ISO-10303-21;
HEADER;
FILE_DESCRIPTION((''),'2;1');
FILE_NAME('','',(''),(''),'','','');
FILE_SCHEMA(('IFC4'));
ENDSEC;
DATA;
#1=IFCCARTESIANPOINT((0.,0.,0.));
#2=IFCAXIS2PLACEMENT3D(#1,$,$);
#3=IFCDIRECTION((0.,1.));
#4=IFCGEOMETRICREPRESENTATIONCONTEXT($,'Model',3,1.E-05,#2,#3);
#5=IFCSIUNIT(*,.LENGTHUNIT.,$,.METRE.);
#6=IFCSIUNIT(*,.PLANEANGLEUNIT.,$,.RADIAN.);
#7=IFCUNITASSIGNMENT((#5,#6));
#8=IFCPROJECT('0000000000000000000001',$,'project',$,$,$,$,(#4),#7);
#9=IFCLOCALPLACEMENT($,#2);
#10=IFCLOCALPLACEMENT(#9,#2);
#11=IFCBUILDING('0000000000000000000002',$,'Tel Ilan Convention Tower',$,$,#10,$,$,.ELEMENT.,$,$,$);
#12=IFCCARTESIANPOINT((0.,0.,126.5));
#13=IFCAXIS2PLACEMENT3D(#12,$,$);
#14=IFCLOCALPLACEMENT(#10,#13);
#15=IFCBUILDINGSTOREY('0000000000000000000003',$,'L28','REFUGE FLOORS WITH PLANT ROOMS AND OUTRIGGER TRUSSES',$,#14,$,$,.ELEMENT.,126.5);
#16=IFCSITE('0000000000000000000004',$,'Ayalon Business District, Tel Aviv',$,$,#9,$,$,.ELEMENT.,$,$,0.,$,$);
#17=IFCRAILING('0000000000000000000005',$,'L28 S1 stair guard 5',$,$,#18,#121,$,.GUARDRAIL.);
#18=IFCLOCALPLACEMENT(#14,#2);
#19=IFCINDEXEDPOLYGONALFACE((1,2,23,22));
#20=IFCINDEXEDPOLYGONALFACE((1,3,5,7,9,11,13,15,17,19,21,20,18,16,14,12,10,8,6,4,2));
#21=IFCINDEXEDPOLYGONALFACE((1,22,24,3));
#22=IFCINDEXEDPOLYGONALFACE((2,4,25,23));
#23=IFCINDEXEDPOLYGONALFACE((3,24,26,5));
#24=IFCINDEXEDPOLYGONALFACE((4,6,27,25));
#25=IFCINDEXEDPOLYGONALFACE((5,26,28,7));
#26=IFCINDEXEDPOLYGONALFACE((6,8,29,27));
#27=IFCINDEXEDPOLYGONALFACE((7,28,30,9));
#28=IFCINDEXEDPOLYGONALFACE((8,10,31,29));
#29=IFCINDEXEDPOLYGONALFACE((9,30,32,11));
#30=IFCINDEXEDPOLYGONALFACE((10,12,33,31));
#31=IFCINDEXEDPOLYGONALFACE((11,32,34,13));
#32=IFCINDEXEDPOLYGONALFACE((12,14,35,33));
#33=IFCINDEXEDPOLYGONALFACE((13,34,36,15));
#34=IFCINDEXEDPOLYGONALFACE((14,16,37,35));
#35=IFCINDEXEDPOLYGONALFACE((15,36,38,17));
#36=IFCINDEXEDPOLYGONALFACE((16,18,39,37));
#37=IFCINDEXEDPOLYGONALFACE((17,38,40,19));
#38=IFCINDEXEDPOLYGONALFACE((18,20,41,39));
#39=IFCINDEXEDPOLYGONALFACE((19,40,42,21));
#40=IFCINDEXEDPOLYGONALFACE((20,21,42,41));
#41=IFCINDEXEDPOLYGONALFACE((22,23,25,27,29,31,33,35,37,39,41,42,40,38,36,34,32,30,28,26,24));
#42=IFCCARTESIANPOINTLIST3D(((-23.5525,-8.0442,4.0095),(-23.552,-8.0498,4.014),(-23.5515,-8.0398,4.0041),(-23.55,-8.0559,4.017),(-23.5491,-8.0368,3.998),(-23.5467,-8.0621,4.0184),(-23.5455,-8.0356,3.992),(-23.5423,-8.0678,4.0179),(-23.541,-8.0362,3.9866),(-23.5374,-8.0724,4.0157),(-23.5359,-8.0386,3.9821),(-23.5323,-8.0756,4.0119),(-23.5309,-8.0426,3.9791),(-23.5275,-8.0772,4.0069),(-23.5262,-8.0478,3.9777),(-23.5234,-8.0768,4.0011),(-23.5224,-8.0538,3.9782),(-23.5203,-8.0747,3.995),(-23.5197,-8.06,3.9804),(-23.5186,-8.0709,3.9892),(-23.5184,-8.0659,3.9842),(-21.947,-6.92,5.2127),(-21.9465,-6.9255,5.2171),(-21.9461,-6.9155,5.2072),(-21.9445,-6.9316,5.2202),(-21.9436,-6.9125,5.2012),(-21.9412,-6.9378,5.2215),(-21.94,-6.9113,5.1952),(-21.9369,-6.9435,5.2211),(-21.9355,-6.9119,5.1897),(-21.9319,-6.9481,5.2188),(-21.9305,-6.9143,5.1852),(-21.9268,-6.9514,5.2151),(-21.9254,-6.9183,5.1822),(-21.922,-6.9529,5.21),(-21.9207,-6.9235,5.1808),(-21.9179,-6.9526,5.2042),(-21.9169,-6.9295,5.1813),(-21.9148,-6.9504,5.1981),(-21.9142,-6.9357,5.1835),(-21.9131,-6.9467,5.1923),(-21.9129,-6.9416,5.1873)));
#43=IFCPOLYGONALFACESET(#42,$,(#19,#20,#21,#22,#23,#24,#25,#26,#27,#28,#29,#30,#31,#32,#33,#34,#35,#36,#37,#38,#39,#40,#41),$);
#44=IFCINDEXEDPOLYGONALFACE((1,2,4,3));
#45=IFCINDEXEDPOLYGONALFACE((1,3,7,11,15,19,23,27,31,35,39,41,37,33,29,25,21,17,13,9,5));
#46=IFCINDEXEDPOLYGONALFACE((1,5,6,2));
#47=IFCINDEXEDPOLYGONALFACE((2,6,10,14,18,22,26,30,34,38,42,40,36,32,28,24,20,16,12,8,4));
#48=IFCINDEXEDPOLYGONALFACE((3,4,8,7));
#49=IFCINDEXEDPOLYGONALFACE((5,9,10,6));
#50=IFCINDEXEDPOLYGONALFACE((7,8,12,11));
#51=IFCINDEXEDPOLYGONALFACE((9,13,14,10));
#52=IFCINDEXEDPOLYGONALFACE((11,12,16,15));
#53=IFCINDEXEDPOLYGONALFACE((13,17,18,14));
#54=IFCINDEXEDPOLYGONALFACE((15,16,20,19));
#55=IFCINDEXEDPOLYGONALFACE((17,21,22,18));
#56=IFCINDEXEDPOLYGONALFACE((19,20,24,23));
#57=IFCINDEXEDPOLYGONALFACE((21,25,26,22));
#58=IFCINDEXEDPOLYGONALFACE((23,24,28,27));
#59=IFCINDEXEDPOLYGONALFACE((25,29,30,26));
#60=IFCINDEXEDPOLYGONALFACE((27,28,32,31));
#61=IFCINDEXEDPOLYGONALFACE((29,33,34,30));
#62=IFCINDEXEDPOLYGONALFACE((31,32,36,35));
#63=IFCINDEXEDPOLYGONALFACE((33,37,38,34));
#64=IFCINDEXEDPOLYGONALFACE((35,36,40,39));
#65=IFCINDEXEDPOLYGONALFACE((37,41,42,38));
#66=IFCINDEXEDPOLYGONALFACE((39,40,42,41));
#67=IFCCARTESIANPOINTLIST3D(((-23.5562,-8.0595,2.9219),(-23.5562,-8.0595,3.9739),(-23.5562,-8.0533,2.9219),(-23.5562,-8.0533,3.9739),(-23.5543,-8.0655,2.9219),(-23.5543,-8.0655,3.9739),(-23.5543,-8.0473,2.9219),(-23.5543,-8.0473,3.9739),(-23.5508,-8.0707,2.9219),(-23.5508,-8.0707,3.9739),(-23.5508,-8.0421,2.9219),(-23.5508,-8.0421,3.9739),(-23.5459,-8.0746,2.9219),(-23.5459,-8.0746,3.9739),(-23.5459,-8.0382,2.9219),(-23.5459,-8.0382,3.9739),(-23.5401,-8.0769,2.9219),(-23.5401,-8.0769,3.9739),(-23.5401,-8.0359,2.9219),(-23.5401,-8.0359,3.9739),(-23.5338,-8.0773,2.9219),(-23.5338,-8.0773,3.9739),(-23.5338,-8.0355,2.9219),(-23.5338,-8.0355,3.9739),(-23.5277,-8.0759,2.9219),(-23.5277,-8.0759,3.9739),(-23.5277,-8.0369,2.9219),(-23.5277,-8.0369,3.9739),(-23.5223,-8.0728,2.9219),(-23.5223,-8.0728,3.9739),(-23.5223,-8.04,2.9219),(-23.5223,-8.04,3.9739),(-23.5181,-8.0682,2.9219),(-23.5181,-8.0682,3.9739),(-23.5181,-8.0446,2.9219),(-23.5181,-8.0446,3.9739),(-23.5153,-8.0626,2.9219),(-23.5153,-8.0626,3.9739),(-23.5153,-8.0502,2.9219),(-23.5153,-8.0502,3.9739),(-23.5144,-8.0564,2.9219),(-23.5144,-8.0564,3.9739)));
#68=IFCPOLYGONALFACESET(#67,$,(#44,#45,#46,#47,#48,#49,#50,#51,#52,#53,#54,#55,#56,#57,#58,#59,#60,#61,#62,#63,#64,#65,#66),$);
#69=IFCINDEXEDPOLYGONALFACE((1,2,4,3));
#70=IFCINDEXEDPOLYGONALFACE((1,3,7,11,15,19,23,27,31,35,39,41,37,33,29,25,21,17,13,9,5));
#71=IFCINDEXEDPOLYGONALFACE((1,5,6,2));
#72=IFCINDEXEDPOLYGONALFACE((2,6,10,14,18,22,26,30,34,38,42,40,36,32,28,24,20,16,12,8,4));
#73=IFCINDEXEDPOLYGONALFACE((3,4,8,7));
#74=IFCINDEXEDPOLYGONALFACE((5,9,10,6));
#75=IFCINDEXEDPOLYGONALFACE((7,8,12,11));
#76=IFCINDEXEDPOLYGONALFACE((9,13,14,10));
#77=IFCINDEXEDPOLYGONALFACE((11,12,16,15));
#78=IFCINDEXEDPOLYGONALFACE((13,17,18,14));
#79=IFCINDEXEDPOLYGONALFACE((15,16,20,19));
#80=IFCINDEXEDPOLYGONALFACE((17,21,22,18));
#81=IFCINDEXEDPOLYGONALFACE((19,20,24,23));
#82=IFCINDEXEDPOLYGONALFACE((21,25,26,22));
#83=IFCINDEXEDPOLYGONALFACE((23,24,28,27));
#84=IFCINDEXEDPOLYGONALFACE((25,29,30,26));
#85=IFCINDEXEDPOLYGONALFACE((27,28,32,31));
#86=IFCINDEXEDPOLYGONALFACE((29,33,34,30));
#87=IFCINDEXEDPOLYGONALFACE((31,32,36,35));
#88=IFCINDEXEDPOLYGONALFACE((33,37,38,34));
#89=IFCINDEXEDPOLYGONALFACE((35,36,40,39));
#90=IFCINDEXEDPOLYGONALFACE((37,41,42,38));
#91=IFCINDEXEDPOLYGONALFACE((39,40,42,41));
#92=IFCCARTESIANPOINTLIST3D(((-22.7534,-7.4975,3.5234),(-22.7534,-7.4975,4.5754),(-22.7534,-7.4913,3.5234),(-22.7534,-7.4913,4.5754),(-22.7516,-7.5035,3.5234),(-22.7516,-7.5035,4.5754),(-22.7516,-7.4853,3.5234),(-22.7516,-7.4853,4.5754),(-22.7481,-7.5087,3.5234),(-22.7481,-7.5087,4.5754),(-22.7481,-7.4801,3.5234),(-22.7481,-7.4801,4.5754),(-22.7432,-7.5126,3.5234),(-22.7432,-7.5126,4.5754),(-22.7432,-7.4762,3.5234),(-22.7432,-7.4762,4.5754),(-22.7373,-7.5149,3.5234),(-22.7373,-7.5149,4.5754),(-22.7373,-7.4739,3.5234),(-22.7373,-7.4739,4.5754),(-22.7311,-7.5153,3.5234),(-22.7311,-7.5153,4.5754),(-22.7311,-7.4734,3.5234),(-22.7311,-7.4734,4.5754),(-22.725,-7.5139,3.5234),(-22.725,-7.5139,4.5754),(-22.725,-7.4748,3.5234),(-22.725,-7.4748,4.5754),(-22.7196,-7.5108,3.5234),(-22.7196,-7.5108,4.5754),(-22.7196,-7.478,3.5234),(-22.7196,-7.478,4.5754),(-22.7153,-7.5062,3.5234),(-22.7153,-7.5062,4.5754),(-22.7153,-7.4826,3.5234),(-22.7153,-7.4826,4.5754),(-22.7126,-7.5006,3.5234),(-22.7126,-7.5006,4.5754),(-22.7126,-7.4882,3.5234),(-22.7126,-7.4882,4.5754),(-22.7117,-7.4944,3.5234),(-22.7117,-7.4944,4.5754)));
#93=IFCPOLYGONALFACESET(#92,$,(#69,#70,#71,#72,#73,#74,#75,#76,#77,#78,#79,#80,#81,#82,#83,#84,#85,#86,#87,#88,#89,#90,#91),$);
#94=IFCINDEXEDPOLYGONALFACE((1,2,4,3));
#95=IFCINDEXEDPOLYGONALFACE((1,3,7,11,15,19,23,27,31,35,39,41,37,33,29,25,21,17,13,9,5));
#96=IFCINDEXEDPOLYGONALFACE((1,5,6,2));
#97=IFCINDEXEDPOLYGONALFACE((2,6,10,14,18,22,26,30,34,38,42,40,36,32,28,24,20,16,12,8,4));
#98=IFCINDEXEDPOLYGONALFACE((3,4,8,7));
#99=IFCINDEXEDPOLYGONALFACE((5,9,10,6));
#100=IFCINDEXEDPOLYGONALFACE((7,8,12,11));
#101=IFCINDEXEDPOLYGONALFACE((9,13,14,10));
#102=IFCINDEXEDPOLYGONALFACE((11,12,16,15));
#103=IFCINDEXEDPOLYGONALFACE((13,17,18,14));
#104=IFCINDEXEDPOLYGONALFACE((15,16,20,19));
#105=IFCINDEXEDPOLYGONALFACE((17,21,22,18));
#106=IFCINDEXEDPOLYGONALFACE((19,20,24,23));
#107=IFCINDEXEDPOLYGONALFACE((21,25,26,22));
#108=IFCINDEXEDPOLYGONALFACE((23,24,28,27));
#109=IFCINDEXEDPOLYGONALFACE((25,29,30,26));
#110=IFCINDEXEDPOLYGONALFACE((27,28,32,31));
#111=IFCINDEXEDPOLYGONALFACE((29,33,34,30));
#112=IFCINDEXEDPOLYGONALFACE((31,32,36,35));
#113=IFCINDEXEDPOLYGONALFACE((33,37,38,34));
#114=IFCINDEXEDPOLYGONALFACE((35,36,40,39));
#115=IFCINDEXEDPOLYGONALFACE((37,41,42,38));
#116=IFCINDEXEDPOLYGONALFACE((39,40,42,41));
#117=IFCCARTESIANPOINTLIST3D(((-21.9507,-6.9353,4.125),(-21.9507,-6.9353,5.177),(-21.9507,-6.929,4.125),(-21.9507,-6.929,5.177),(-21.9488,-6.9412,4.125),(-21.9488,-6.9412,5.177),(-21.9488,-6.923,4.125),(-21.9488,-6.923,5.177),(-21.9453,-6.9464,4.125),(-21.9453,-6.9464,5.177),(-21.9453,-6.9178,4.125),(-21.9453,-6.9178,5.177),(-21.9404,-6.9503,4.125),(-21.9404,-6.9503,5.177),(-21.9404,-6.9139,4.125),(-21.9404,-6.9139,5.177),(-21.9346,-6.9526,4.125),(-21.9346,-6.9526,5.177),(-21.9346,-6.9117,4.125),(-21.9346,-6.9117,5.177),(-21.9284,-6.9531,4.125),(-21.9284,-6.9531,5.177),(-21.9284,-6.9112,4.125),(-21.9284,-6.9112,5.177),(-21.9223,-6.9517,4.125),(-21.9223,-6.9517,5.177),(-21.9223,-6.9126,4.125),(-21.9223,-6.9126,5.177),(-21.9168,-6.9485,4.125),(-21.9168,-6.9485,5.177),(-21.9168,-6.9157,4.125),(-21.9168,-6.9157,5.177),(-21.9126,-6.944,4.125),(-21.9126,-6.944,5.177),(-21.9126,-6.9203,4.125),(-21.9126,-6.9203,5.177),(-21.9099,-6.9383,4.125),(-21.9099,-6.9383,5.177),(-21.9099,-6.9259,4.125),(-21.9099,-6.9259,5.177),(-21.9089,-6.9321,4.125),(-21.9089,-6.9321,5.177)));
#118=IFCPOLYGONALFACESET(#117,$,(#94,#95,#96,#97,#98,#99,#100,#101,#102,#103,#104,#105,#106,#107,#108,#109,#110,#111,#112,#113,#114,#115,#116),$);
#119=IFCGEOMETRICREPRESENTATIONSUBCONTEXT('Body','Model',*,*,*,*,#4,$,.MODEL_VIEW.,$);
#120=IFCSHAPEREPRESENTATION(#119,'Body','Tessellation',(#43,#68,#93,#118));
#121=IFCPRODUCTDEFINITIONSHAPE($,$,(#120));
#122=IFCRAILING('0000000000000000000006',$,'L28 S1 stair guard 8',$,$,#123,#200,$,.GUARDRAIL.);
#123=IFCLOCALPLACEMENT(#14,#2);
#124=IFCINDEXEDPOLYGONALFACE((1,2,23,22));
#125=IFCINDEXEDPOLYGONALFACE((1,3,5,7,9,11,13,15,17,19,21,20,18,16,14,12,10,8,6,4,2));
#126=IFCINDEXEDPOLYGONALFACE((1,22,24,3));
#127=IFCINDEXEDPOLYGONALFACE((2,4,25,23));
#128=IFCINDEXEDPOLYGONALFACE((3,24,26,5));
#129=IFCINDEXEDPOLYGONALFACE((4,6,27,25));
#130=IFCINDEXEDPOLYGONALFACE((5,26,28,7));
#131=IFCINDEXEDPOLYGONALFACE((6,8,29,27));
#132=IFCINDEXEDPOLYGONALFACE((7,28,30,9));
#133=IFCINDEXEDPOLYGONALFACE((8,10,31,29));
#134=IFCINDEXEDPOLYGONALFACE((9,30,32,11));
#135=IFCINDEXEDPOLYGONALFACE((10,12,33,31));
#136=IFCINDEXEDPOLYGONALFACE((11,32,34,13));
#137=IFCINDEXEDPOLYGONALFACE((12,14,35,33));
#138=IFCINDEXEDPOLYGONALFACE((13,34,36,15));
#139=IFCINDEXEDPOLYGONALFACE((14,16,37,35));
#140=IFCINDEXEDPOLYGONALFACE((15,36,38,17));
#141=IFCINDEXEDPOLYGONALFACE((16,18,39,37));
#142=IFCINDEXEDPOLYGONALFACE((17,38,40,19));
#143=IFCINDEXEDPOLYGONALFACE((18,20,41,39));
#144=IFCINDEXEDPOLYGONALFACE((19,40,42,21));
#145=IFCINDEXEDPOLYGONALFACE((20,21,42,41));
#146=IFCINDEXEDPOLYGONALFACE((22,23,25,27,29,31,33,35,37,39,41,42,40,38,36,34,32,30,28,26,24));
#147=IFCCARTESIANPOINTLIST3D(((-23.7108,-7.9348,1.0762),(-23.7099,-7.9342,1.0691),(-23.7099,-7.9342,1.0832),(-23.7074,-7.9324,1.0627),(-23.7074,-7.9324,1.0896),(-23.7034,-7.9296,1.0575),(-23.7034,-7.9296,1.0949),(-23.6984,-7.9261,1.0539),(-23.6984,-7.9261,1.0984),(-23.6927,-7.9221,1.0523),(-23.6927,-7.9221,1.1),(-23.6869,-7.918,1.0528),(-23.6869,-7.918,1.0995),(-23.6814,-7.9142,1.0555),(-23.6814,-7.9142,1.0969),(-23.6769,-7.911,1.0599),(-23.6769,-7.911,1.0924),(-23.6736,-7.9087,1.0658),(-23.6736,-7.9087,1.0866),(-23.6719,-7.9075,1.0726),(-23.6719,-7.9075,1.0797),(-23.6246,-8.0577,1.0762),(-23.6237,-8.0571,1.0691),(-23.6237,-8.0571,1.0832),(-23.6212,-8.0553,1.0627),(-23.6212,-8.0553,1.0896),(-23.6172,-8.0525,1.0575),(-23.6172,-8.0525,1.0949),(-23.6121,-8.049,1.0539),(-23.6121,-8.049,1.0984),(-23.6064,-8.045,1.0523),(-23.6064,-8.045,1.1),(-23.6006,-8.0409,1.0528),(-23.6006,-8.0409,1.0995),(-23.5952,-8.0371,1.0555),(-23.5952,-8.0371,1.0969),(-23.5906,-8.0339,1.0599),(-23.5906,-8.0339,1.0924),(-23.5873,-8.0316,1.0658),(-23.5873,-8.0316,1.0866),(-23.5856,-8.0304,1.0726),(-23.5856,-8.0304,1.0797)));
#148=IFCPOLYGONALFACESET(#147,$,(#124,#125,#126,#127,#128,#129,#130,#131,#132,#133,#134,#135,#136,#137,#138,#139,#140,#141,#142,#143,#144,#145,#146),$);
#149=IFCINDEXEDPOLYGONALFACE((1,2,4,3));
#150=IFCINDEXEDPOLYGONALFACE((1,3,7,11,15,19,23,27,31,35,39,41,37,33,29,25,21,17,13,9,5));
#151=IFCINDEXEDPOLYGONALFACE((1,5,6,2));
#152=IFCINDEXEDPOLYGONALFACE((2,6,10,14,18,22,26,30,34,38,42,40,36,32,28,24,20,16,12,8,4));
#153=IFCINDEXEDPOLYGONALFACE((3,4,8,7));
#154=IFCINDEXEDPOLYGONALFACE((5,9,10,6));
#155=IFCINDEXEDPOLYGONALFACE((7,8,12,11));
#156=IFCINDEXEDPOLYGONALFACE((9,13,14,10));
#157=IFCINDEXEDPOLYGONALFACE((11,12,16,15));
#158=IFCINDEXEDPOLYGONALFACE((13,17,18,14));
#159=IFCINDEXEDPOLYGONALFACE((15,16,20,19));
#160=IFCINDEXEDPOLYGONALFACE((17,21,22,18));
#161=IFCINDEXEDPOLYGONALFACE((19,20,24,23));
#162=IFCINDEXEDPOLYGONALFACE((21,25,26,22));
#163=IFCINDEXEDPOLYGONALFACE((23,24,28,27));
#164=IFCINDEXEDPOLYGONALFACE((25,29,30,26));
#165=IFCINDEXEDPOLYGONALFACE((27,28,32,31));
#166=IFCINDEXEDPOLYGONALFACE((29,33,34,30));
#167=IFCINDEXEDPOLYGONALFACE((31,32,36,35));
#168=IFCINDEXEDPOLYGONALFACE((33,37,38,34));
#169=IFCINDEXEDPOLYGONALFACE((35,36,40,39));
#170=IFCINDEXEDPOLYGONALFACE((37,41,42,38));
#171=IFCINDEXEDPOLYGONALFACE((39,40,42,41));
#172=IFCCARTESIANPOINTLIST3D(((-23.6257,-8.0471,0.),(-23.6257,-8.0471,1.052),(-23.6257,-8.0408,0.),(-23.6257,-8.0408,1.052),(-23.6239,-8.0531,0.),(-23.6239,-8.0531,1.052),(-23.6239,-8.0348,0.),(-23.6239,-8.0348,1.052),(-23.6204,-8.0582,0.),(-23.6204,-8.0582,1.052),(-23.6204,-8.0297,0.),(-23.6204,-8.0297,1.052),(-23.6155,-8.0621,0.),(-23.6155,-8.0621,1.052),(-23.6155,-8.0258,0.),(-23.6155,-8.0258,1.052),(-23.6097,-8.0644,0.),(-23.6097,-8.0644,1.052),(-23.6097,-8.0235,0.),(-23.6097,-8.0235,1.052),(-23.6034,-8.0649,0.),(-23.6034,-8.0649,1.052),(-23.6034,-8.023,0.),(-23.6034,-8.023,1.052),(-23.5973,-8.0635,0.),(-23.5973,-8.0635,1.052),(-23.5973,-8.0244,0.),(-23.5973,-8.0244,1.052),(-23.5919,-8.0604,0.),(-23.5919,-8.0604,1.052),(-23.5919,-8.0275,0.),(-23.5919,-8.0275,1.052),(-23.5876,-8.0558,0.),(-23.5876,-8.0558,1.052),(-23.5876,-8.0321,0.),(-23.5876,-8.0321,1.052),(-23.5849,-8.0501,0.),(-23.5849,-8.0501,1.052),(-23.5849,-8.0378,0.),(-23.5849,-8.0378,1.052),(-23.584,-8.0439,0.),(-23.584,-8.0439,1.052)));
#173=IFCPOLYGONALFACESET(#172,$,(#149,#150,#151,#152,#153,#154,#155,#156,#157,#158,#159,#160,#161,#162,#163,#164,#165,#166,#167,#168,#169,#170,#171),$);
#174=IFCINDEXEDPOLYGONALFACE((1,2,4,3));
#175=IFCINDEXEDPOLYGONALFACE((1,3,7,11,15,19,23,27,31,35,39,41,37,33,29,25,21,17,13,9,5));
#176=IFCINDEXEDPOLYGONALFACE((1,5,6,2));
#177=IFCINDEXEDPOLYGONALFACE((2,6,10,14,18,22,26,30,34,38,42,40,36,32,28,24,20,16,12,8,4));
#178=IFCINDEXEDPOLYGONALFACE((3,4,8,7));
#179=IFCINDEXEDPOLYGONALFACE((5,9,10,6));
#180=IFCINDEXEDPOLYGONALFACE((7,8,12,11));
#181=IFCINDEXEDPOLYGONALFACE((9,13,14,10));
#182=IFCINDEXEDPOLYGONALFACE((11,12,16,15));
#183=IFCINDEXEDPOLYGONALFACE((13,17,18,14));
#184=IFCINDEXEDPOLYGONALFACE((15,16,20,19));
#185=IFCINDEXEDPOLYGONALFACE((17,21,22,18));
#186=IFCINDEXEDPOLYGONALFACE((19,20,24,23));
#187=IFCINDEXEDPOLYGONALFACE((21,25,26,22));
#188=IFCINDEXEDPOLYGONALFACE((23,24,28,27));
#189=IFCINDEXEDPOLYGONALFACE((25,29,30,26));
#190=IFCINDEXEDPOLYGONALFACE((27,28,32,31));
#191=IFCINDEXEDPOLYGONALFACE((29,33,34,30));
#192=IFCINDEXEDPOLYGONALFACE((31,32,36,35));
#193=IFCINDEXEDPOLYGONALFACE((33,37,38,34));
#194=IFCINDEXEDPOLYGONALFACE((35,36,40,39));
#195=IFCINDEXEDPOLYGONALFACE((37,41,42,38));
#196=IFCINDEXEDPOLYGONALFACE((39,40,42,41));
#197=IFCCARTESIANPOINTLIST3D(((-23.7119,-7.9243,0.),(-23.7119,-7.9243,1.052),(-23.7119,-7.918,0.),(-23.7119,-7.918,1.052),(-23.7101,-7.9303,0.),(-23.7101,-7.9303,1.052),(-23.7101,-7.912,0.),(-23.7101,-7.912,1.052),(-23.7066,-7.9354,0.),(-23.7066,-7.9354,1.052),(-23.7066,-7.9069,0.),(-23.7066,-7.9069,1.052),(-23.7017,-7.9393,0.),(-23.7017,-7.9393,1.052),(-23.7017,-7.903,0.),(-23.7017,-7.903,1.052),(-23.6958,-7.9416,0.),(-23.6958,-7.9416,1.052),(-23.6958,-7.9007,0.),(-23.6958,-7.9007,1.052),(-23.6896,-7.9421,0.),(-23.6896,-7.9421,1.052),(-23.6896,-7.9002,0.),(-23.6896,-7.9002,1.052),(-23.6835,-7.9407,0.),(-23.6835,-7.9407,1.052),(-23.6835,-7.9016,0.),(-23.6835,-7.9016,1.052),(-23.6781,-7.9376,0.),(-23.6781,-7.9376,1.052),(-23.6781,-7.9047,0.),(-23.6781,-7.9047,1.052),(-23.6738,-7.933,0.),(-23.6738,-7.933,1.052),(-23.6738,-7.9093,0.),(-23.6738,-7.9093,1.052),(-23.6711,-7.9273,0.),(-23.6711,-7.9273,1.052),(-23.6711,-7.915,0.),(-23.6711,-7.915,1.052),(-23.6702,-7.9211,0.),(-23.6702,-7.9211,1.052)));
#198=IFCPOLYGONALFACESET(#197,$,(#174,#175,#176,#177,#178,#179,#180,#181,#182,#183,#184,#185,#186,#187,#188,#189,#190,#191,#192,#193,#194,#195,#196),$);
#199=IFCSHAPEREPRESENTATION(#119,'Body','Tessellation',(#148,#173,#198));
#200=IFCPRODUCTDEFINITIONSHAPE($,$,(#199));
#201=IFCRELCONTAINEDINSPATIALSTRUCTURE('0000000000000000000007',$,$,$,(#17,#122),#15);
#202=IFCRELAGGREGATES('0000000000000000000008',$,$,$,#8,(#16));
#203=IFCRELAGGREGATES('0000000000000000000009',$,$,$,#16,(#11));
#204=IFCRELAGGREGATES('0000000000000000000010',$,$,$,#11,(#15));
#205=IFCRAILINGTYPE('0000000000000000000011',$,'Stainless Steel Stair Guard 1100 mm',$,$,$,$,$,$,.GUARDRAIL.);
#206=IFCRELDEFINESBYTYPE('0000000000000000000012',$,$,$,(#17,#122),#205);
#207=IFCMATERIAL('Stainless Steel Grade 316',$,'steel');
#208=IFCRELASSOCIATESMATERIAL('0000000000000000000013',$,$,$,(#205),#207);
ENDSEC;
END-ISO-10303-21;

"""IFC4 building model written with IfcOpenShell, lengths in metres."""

from ifc_helpers import new_model, si_unit, direction, frame, origin, origin_2d, place, context, subcontext, project, spatial, circle, extrude, material, type_object, element, save


model = new_model("IFC4")

# Units and contexts
model_context = context("Model", 3, precision=1e-05, world=origin(), true_north=direction((0.0, 1.0)))
body_context = subcontext(model_context, "Body", "Model", "MODEL_VIEW")
ifc_project = project(units=[si_unit("LENGTHUNIT", "METRE"), si_unit("PLANEANGLEUNIT", "RADIAN")], contexts=[model_context])

# Site, building, storey
site_placement = place(None, origin())
site = spatial("IfcSite", under=ifc_project, at=site_placement, Name="Ayalon Business District, Tel Aviv", CompositionType="ELEMENT", RefElevation=0.0)
building_placement = place(site_placement, origin())
building = spatial("IfcBuilding", under=site, at=building_placement, Name="Tel Ilan Convention Tower", CompositionType="ELEMENT")
storey_placement = place(building_placement, frame((0.0, 0.0, 126.5)))
storey = spatial("IfcBuildingStorey", under=building, at=storey_placement, Name="L28", Description="REFUGE FLOORS WITH PLANT ROOMS AND OUTRIGGER TRUSSES", CompositionType="ELEMENT", Elevation=126.5)

# Railings
ifc_material_1 = material(Name="Stainless Steel Grade 316", Category="steel")
railing_type_1 = type_object("IfcRailingType", Name="Stainless Steel Stair Guard 1100 mm", PredefinedType="GUARDRAIL", material=ifc_material_1)
railing_1_placement = place(storey_placement, frame((-23.5354, -8.0564, 2.9219)))
element("IfcRailing", 1, at=railing_1_placement, inside=storey, type_object=railing_type_1, Name="L28 S1 stair guard 5", PredefinedType="GUARDRAIL", context=body_context, shape_type="SweptSolid", body=[
    extrude(circle(Radius=0.0239, at=origin_2d()), frame((0.0, 0.0, 1.0762), z_axis=(0.698095, 0.488857, 0.523146), x_axis=(-0.573613, 0.819127, 0.0)), (0.0, 0.0, 1.0), 2.2998),
    extrude(circle(Radius=0.021, at=origin_2d()), origin(), (0.0, 0.0, 1.0), 1.052),
    extrude(circle(Radius=0.021, at=origin_2d()), frame((0.8027, 0.562, 0.6016)), (0.0, 0.0, 1.0), 1.052),
    extrude(circle(Radius=0.021, at=origin_2d()), frame((1.6055, 1.1243, 1.2031)), (0.0, 0.0, 1.0), 1.052),
])
railing_2_placement = place(storey_placement, frame((-23.605, -8.0439, 0.0)))
element("IfcRailing", 2, at=railing_2_placement, inside=storey, type_object=railing_type_1, Name="L28 S1 stair guard 8", PredefinedType="GUARDRAIL", context=body_context, shape_type="SweptSolid", body=[
    extrude(circle(Radius=0.0239, at=origin_2d()), frame((0.0, 0.0, 1.0762), z_axis=(-0.574445, 0.818543, 0.0), x_axis=(-0.818543, -0.574445, 0.0)), (0.0, 0.0, 1.0), 0.1501),
    extrude(circle(Radius=0.021, at=origin_2d()), origin(), (0.0, 0.0, 1.0), 1.052),
    extrude(circle(Radius=0.021, at=origin_2d()), frame((-0.0862, 0.1228, 0.0)), (0.0, 0.0, 1.0), 1.052),
])

save(model, "model.ifc")
